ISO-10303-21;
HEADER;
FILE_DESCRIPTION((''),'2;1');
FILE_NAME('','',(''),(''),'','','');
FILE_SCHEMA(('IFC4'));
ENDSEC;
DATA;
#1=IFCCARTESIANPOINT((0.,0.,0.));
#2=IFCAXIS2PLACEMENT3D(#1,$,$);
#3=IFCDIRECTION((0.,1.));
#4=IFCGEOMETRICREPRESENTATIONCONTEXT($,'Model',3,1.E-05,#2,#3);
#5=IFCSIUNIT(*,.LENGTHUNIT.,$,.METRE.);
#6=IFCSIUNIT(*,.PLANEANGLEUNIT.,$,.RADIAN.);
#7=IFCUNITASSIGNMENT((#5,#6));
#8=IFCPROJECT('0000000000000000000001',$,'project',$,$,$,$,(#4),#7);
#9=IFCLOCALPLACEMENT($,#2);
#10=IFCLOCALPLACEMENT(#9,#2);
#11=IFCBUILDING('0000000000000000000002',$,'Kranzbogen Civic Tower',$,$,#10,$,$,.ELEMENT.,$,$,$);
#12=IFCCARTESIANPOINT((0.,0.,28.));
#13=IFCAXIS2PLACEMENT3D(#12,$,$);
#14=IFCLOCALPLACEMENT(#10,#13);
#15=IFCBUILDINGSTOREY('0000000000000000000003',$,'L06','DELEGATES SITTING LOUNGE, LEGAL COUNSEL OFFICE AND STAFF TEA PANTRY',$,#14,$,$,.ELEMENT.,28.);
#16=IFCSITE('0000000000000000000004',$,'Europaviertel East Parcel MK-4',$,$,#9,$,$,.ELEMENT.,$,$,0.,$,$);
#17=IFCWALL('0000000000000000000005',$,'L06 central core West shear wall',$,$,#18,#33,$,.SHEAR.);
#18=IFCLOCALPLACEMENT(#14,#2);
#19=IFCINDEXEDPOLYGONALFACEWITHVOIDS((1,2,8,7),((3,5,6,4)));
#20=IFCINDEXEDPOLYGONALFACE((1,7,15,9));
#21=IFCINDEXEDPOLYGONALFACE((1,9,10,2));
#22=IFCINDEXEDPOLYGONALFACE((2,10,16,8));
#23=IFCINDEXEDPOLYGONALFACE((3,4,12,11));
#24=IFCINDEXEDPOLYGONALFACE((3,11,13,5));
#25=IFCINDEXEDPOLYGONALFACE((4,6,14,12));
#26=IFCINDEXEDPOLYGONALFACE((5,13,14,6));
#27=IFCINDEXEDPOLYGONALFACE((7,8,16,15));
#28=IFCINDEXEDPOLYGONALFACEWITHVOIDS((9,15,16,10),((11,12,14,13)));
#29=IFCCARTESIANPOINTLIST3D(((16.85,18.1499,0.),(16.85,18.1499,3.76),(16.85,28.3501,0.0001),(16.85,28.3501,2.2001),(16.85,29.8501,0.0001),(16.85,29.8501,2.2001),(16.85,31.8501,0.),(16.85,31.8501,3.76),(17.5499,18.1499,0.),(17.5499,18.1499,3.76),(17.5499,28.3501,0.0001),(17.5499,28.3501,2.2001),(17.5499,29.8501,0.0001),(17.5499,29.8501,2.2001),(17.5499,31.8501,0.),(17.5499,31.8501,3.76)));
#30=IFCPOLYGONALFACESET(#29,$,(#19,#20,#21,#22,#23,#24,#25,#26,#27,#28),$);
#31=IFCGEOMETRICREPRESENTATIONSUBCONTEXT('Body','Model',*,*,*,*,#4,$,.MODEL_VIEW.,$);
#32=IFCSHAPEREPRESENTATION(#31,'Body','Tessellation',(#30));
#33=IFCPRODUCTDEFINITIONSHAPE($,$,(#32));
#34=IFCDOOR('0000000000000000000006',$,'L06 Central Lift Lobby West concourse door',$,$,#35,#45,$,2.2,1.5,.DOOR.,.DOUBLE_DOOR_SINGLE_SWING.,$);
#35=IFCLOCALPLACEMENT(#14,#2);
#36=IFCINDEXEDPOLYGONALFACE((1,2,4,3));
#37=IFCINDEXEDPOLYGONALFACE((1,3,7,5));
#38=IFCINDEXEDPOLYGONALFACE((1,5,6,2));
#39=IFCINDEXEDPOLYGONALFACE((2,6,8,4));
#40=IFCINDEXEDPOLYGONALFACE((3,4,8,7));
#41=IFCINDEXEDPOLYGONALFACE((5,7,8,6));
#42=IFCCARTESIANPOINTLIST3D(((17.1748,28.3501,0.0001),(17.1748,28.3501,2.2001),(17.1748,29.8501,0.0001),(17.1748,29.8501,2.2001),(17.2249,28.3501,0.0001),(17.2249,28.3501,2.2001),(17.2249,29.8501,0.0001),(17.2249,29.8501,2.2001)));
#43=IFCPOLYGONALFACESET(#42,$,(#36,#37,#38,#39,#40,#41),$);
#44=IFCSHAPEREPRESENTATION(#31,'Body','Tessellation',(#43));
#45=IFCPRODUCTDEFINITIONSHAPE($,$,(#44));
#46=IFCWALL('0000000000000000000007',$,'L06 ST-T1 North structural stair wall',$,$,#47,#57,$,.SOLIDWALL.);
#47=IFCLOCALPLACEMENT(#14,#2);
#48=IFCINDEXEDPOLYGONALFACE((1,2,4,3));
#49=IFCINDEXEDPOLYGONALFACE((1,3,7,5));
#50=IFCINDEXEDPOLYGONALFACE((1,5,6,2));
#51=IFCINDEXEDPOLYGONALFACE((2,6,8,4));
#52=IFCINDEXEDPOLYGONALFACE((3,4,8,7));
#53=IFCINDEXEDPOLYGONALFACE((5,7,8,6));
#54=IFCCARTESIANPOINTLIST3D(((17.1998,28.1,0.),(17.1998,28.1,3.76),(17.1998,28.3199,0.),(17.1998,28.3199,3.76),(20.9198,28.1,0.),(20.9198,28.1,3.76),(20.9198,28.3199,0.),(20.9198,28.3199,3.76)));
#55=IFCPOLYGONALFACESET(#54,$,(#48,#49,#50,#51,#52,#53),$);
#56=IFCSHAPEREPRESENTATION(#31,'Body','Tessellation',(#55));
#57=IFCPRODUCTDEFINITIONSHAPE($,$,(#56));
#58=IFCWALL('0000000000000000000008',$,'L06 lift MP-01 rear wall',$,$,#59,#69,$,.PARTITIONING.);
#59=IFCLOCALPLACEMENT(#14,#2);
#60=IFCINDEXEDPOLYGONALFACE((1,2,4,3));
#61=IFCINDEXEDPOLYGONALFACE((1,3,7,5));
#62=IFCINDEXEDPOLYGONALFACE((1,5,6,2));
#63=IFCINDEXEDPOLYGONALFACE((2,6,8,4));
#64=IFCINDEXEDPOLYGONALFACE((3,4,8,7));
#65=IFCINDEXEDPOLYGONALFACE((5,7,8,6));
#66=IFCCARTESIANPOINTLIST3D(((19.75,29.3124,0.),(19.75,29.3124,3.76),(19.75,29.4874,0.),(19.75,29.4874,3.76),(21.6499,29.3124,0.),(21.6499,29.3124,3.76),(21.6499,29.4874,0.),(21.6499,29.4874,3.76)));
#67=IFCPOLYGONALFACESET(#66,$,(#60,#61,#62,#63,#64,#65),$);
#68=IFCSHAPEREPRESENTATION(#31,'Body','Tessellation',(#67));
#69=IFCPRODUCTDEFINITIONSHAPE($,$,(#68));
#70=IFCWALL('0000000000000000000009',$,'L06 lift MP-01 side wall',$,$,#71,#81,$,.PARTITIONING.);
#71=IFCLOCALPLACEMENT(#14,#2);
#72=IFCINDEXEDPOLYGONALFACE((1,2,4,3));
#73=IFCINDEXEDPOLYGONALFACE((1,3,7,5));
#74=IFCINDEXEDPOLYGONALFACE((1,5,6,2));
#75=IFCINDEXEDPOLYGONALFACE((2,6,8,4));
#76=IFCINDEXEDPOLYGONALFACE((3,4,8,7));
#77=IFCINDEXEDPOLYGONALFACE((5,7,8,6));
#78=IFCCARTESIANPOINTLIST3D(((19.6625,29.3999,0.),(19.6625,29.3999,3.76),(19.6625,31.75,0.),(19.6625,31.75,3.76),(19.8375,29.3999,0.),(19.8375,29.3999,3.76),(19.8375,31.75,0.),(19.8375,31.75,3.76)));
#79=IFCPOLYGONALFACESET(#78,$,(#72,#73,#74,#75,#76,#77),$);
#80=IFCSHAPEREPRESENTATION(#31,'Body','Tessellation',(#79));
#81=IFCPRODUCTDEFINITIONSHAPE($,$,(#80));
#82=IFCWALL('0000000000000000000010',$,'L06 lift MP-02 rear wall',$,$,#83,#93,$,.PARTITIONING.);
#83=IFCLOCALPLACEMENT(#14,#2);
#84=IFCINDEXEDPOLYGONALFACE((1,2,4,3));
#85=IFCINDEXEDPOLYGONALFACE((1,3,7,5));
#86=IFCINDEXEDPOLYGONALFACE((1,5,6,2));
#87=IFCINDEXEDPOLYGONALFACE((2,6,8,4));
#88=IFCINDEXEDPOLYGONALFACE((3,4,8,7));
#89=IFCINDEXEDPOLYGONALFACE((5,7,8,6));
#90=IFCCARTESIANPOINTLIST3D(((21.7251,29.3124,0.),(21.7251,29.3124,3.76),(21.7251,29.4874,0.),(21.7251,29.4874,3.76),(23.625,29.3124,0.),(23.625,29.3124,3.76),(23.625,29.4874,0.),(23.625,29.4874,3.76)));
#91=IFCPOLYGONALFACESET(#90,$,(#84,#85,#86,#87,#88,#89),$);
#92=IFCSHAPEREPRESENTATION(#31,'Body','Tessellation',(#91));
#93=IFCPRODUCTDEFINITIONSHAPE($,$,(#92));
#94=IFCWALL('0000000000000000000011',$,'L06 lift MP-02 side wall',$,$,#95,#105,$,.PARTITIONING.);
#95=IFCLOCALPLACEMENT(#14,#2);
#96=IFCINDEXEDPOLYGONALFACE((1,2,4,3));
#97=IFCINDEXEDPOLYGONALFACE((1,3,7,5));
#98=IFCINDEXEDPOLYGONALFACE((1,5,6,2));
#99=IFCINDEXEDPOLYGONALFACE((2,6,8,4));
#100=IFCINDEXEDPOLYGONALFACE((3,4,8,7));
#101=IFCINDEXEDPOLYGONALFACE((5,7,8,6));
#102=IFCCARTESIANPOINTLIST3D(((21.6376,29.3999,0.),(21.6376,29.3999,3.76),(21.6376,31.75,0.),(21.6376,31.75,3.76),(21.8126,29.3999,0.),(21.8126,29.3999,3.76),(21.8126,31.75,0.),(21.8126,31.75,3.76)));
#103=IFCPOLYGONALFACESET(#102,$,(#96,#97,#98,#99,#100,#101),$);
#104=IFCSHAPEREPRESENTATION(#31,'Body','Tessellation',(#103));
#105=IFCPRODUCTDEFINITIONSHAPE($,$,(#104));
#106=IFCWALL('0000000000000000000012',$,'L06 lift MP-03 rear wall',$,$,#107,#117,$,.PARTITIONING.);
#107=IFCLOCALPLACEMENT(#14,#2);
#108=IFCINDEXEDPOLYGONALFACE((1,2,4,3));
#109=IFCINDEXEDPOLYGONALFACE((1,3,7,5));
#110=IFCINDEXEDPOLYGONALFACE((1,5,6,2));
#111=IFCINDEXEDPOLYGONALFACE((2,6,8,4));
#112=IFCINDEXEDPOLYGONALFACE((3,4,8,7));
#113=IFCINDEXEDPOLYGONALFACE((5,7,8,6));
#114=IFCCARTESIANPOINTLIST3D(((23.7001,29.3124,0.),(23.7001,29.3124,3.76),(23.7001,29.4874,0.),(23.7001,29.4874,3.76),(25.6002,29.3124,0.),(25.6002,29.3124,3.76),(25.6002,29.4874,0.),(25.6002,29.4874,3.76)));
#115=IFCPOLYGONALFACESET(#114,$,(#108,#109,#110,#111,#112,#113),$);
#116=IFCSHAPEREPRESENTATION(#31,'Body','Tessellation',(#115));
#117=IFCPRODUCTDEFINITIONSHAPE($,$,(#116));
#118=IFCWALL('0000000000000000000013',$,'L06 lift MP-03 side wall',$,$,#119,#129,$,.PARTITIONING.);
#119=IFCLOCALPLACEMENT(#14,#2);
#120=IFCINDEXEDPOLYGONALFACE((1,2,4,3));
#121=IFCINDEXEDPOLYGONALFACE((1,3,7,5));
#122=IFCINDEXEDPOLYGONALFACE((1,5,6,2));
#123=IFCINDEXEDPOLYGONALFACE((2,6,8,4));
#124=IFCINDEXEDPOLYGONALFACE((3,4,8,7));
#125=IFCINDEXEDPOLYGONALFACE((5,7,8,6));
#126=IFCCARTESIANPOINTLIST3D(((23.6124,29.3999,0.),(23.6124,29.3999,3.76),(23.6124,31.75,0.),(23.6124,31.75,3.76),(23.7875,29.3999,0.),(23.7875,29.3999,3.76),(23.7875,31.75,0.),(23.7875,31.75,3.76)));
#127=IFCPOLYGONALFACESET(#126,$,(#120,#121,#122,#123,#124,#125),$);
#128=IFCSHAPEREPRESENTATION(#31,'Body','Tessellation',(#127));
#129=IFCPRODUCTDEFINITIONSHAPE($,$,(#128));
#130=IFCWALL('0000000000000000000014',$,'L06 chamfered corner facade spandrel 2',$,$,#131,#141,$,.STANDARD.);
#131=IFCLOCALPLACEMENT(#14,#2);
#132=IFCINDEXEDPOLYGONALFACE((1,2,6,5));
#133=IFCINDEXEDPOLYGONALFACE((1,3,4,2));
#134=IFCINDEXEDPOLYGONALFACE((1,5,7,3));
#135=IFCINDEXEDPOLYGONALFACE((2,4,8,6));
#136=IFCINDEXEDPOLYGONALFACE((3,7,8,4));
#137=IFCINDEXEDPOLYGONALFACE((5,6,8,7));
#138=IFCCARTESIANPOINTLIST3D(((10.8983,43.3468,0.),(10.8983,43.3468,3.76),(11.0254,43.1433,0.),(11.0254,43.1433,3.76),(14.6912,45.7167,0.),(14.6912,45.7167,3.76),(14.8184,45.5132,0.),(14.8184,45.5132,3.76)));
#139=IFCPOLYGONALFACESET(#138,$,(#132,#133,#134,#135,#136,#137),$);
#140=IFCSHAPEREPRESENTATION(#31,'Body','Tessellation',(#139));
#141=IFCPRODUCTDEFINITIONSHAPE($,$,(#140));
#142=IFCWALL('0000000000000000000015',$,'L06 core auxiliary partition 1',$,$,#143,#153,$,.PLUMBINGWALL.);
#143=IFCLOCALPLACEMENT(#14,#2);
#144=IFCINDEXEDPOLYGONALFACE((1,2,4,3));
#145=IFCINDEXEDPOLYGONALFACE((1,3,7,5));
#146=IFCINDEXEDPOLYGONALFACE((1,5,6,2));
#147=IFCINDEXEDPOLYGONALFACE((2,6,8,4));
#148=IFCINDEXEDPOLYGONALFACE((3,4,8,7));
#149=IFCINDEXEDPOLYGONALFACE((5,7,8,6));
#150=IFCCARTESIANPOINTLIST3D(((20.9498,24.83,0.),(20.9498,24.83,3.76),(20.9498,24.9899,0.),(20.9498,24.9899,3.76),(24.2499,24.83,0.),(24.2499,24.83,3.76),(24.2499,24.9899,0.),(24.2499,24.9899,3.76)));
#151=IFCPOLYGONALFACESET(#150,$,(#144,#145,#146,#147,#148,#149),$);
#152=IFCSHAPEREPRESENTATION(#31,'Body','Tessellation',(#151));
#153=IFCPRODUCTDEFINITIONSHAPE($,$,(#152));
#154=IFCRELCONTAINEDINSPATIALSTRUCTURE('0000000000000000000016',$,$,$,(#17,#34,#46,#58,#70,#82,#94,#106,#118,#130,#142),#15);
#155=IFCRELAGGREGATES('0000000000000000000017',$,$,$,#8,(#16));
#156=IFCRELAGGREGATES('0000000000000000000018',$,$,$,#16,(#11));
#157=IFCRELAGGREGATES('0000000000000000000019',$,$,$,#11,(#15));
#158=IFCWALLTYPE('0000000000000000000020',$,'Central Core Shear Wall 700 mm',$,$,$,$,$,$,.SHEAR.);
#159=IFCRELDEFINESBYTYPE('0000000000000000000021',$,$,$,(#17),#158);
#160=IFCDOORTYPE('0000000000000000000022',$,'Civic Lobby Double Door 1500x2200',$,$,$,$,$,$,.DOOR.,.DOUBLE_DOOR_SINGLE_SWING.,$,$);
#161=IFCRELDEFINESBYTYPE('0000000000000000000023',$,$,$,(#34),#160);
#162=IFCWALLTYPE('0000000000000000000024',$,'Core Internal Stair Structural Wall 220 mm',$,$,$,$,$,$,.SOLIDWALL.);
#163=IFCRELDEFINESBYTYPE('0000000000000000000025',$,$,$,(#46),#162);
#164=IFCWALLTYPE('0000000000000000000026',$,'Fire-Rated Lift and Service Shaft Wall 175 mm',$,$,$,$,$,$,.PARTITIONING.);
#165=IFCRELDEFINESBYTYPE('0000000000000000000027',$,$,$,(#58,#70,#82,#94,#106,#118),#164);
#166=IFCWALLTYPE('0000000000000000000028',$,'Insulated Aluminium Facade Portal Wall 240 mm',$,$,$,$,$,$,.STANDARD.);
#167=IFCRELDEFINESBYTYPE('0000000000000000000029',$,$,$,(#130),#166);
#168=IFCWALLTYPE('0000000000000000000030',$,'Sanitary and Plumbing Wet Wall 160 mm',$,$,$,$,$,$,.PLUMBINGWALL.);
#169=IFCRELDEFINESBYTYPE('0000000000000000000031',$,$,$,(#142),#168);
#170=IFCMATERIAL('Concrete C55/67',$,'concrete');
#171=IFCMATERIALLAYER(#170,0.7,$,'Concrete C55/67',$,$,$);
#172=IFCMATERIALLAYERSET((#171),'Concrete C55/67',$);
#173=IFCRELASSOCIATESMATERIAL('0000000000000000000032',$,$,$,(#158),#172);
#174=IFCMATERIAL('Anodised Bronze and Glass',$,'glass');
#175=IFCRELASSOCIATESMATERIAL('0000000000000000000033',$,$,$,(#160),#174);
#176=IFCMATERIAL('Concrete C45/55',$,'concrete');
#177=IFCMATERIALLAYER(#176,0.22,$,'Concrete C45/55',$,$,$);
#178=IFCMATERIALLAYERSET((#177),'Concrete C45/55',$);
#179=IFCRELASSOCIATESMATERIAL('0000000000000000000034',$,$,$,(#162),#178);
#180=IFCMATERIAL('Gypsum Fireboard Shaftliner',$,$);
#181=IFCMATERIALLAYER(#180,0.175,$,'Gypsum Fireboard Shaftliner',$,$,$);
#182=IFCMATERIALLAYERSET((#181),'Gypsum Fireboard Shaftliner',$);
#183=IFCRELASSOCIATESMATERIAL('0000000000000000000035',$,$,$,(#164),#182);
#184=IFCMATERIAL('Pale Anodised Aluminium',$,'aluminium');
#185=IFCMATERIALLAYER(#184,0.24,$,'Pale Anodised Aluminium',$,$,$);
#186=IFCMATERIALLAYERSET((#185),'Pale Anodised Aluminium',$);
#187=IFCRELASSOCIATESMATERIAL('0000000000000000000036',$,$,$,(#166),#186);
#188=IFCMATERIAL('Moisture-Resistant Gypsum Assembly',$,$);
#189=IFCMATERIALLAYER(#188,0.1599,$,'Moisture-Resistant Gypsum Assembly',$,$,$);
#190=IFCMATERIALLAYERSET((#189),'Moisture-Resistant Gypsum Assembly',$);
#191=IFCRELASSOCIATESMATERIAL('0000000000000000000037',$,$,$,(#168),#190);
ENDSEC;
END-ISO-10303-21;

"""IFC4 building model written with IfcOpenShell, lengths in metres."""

from ifc_helpers import new_model, si_unit, direction, frame, frame_2d, origin, place, context, subcontext, project, spatial, rectangle, extrude, material, layer, layer_set, type_object, element, fill, save


model = new_model("IFC4")

# Units and contexts
model_context = context("Model", 3, precision=1e-05, world=origin(), true_north=direction((0.0, 1.0)))
body_context = subcontext(model_context, "Body", "Model", "MODEL_VIEW")
ifc_project = project(units=[si_unit("LENGTHUNIT", "METRE"), si_unit("PLANEANGLEUNIT", "RADIAN")], contexts=[model_context])

# Site, building, storey
site_placement = place(None, origin())
site = spatial("IfcSite", under=ifc_project, at=site_placement, Name="Europaviertel East Parcel MK-4", CompositionType="ELEMENT", RefElevation=0.0)
building_placement = place(site_placement, origin())
building = spatial("IfcBuilding", under=site, at=building_placement, Name="Kranzbogen Civic Tower", CompositionType="ELEMENT")
storey_placement = place(building_placement, frame((0.0, 0.0, 28.0)))
storey = spatial("IfcBuildingStorey", under=building, at=storey_placement, Name="L06", Description="DELEGATES SITTING LOUNGE, LEGAL COUNSEL OFFICE AND STAFF TEA PANTRY", CompositionType="ELEMENT", Elevation=28.0)

# Shared definitions
ifc_material_1 = material(Name="Pale Anodised Aluminium", Category="aluminium")

# Wall, opening, door
ifc_material_2 = material(Name="Concrete C55/67", Category="concrete")
ifc_layer_1 = layer(ifc_material_2, 0.7, Name="Concrete C55/67")
ifc_layer_set_1 = layer_set([ifc_layer_1], Name="Concrete C55/67")
wall_type_1 = type_object("IfcWallType", Name="Central Core Shear Wall 700 mm", PredefinedType="SHEAR", material=ifc_layer_set_1)
wall_1_placement = place(storey_placement, frame((17.2, 31.8501, 0.0), z_axis=(0.0, 0.0, 1.0), x_axis=(0.0, -1.0, 0.0)))
wall_1 = element("IfcWall", 1, at=wall_1_placement, inside=storey, type_object=wall_type_1, Name="L06 central core West shear wall", PredefinedType="SHEAR", context=body_context, shape_type="SweptSolid", body=[
    extrude(rectangle(XDim=13.7002, YDim=0.7, at=frame_2d((6.8501, 0.0))), origin(), (0.0, 0.0, 1.0), 3.76),
])
opening_1_placement = place(wall_1_placement, frame((2.0, 0.0, 0.0)))
opening_1 = element("IfcOpeningElement", 2, at=opening_1_placement, cuts=wall_1, PredefinedType="OPENING", context=body_context, shape_type="SweptSolid", body=[
    extrude(rectangle(XDim=1.5, YDim=2.2, at=frame_2d((0.75, 1.1001))), frame((0.0, 0.3599, 0.0), z_axis=(0.0, -1.0, 0.0), x_axis=(1.0, 0.0, 0.0)), (0.0, 0.0, 1.0), 0.72),
])
ifc_material_3 = material(Name="Anodised Bronze and Glass", Category="glass")
door_type_1 = type_object("IfcDoorType", Name="Civic Lobby Double Door 1500x2200", OperationType="DOUBLE_DOOR_SINGLE_SWING", PredefinedType="DOOR", material=ifc_material_3)
door_1_placement = place(opening_1_placement, origin())
door_1 = element("IfcDoor", 3, at=door_1_placement, inside=storey, type_object=door_type_1, Name="L06 Central Lift Lobby West concourse door", OperationType="DOUBLE_DOOR_SINGLE_SWING", OverallHeight=2.2, OverallWidth=1.5, PredefinedType="DOOR", context=body_context, shape_type="SweptSolid", body=[
    extrude(rectangle(XDim=1.5, YDim=2.2, at=frame_2d((0.75, 1.1001))), frame((0.0, 0.0249, 0.0), z_axis=(0.0, -1.0, 0.0), x_axis=(1.0, 0.0, 0.0)), (0.0, 0.0, 1.0), 0.05),
])
fill(opening_1, door_1)

# Walls
ifc_material_4 = material(Name="Concrete C45/55", Category="concrete")
ifc_layer_2 = layer(ifc_material_4, 0.22, Name="Concrete C45/55")
ifc_layer_set_2 = layer_set([ifc_layer_2], Name="Concrete C45/55")
wall_type_2 = type_object("IfcWallType", Name="Core Internal Stair Structural Wall 220 mm", PredefinedType="SOLIDWALL", material=ifc_layer_set_2)
wall_2_placement = place(storey_placement, frame((17.2, 28.21, 0.0), z_axis=(0.0, 0.0, 1.0), x_axis=(1.0, 0.0, 0.0)))
element("IfcWall", 4, at=wall_2_placement, inside=storey, type_object=wall_type_2, Name="L06 ST-T1 North structural stair wall", PredefinedType="SOLIDWALL", context=body_context, shape_type="SweptSolid", body=[
    extrude(rectangle(XDim=3.72, YDim=0.22, at=frame_2d((1.8599, 0.0))), origin(), (0.0, 0.0, 1.0), 3.76),
])
ifc_material_5 = material(Name="Gypsum Fireboard Shaftliner")
ifc_layer_3 = layer(ifc_material_5, 0.175, Name="Gypsum Fireboard Shaftliner")
ifc_layer_set_3 = layer_set([ifc_layer_3], Name="Gypsum Fireboard Shaftliner")
wall_type_3 = type_object("IfcWallType", Name="Fire-Rated Lift and Service Shaft Wall 175 mm", PredefinedType="PARTITIONING", material=ifc_layer_set_3)
wall_3_placement = place(storey_placement, frame((19.75, 29.3999, 0.0), z_axis=(0.0, 0.0, 1.0), x_axis=(1.0, 0.0, 0.0)))
element("IfcWall", 5, at=wall_3_placement, inside=storey, type_object=wall_type_3, Name="L06 lift MP-01 rear wall", PredefinedType="PARTITIONING", context=body_context, shape_type="SweptSolid", body=[
    extrude(rectangle(XDim=1.8999, YDim=0.175, at=frame_2d((0.95, 0.0))), origin(), (0.0, 0.0, 1.0), 3.76),
])
wall_4_placement = place(storey_placement, frame((19.75, 29.3999, 0.0), z_axis=(0.0, 0.0, 1.0), x_axis=(0.0, 1.0, 0.0)))
element("IfcWall", 6, at=wall_4_placement, inside=storey, type_object=wall_type_3, Name="L06 lift MP-01 side wall", PredefinedType="PARTITIONING", context=body_context, shape_type="SweptSolid", body=[
    extrude(rectangle(XDim=2.3501, YDim=0.175, at=frame_2d((1.175, 0.0))), origin(), (0.0, 0.0, 1.0), 3.76),
])
wall_5_placement = place(storey_placement, frame((21.7251, 29.3999, 0.0), z_axis=(0.0, 0.0, 1.0), x_axis=(1.0, 0.0, 0.0)))
element("IfcWall", 7, at=wall_5_placement, inside=storey, type_object=wall_type_3, Name="L06 lift MP-02 rear wall", PredefinedType="PARTITIONING", context=body_context, shape_type="SweptSolid", body=[
    extrude(rectangle(XDim=1.8999, YDim=0.175, at=frame_2d((0.95, 0.0))), origin(), (0.0, 0.0, 1.0), 3.76),
])
wall_6_placement = place(storey_placement, frame((21.7251, 29.3999, 0.0), z_axis=(0.0, 0.0, 1.0), x_axis=(0.0, 1.0, 0.0)))
element("IfcWall", 8, at=wall_6_placement, inside=storey, type_object=wall_type_3, Name="L06 lift MP-02 side wall", PredefinedType="PARTITIONING", context=body_context, shape_type="SweptSolid", body=[
    extrude(rectangle(XDim=2.3501, YDim=0.175, at=frame_2d((1.175, 0.0))), origin(), (0.0, 0.0, 1.0), 3.76),
])
wall_7_placement = place(storey_placement, frame((23.7, 29.3999, 0.0), z_axis=(0.0, 0.0, 1.0), x_axis=(1.0, 0.0, 0.0)))
element("IfcWall", 9, at=wall_7_placement, inside=storey, type_object=wall_type_3, Name="L06 lift MP-03 rear wall", PredefinedType="PARTITIONING", context=body_context, shape_type="SweptSolid", body=[
    extrude(rectangle(XDim=1.9001, YDim=0.175, at=frame_2d((0.9502, 0.0))), origin(), (0.0, 0.0, 1.0), 3.76),
])
wall_8_placement = place(storey_placement, frame((23.7, 29.3999, 0.0), z_axis=(0.0, 0.0, 1.0), x_axis=(0.0, 1.0, 0.0)))
element("IfcWall", 10, at=wall_8_placement, inside=storey, type_object=wall_type_3, Name="L06 lift MP-03 side wall", PredefinedType="PARTITIONING", context=body_context, shape_type="SweptSolid", body=[
    extrude(rectangle(XDim=2.3501, YDim=0.175, at=frame_2d((1.175, 0.0))), origin(), (0.0, 0.0, 1.0), 3.76),
])
ifc_layer_4 = layer(ifc_material_1, 0.24, Name="Pale Anodised Aluminium")
ifc_layer_set_4 = layer_set([ifc_layer_4], Name="Pale Anodised Aluminium")
wall_type_4 = type_object("IfcWallType", Name="Insulated Aluminium Facade Portal Wall 240 mm", PredefinedType="STANDARD", material=ifc_layer_set_4)
wall_9_placement = place(storey_placement, frame((14.7549, 45.615, 0.0), z_axis=(0.0, 0.0, 1.0), x_axis=(-0.848072, -0.529881, 0.0)))
element("IfcWall", 11, at=wall_9_placement, inside=storey, type_object=wall_type_4, Name="L06 chamfered corner facade spandrel 2", PredefinedType="STANDARD", context=body_context, shape_type="SweptSolid", body=[
    extrude(rectangle(XDim=4.4724, YDim=0.24, at=frame_2d((2.2363, 0.0))), origin(), (0.0, 0.0, 1.0), 3.76),
])
ifc_material_6 = material(Name="Moisture-Resistant Gypsum Assembly")
ifc_layer_5 = layer(ifc_material_6, 0.1599, Name="Moisture-Resistant Gypsum Assembly")
ifc_layer_set_5 = layer_set([ifc_layer_5], Name="Moisture-Resistant Gypsum Assembly")
wall_type_5 = type_object("IfcWallType", Name="Sanitary and Plumbing Wet Wall 160 mm", PredefinedType="PLUMBINGWALL", material=ifc_layer_set_5)
wall_10_placement = place(storey_placement, frame((20.95, 24.9099, 0.0), z_axis=(0.0, 0.0, 1.0), x_axis=(1.0, 0.0, 0.0)))
element("IfcWall", 12, at=wall_10_placement, inside=storey, type_object=wall_type_5, Name="L06 core auxiliary partition 1", PredefinedType="PLUMBINGWALL", context=body_context, shape_type="SweptSolid", body=[
    extrude(rectangle(XDim=3.3, YDim=0.1599, at=frame_2d((1.6499, 0.0))), origin(), (0.0, 0.0, 1.0), 3.76),
])

save(model, "model.ifc")
